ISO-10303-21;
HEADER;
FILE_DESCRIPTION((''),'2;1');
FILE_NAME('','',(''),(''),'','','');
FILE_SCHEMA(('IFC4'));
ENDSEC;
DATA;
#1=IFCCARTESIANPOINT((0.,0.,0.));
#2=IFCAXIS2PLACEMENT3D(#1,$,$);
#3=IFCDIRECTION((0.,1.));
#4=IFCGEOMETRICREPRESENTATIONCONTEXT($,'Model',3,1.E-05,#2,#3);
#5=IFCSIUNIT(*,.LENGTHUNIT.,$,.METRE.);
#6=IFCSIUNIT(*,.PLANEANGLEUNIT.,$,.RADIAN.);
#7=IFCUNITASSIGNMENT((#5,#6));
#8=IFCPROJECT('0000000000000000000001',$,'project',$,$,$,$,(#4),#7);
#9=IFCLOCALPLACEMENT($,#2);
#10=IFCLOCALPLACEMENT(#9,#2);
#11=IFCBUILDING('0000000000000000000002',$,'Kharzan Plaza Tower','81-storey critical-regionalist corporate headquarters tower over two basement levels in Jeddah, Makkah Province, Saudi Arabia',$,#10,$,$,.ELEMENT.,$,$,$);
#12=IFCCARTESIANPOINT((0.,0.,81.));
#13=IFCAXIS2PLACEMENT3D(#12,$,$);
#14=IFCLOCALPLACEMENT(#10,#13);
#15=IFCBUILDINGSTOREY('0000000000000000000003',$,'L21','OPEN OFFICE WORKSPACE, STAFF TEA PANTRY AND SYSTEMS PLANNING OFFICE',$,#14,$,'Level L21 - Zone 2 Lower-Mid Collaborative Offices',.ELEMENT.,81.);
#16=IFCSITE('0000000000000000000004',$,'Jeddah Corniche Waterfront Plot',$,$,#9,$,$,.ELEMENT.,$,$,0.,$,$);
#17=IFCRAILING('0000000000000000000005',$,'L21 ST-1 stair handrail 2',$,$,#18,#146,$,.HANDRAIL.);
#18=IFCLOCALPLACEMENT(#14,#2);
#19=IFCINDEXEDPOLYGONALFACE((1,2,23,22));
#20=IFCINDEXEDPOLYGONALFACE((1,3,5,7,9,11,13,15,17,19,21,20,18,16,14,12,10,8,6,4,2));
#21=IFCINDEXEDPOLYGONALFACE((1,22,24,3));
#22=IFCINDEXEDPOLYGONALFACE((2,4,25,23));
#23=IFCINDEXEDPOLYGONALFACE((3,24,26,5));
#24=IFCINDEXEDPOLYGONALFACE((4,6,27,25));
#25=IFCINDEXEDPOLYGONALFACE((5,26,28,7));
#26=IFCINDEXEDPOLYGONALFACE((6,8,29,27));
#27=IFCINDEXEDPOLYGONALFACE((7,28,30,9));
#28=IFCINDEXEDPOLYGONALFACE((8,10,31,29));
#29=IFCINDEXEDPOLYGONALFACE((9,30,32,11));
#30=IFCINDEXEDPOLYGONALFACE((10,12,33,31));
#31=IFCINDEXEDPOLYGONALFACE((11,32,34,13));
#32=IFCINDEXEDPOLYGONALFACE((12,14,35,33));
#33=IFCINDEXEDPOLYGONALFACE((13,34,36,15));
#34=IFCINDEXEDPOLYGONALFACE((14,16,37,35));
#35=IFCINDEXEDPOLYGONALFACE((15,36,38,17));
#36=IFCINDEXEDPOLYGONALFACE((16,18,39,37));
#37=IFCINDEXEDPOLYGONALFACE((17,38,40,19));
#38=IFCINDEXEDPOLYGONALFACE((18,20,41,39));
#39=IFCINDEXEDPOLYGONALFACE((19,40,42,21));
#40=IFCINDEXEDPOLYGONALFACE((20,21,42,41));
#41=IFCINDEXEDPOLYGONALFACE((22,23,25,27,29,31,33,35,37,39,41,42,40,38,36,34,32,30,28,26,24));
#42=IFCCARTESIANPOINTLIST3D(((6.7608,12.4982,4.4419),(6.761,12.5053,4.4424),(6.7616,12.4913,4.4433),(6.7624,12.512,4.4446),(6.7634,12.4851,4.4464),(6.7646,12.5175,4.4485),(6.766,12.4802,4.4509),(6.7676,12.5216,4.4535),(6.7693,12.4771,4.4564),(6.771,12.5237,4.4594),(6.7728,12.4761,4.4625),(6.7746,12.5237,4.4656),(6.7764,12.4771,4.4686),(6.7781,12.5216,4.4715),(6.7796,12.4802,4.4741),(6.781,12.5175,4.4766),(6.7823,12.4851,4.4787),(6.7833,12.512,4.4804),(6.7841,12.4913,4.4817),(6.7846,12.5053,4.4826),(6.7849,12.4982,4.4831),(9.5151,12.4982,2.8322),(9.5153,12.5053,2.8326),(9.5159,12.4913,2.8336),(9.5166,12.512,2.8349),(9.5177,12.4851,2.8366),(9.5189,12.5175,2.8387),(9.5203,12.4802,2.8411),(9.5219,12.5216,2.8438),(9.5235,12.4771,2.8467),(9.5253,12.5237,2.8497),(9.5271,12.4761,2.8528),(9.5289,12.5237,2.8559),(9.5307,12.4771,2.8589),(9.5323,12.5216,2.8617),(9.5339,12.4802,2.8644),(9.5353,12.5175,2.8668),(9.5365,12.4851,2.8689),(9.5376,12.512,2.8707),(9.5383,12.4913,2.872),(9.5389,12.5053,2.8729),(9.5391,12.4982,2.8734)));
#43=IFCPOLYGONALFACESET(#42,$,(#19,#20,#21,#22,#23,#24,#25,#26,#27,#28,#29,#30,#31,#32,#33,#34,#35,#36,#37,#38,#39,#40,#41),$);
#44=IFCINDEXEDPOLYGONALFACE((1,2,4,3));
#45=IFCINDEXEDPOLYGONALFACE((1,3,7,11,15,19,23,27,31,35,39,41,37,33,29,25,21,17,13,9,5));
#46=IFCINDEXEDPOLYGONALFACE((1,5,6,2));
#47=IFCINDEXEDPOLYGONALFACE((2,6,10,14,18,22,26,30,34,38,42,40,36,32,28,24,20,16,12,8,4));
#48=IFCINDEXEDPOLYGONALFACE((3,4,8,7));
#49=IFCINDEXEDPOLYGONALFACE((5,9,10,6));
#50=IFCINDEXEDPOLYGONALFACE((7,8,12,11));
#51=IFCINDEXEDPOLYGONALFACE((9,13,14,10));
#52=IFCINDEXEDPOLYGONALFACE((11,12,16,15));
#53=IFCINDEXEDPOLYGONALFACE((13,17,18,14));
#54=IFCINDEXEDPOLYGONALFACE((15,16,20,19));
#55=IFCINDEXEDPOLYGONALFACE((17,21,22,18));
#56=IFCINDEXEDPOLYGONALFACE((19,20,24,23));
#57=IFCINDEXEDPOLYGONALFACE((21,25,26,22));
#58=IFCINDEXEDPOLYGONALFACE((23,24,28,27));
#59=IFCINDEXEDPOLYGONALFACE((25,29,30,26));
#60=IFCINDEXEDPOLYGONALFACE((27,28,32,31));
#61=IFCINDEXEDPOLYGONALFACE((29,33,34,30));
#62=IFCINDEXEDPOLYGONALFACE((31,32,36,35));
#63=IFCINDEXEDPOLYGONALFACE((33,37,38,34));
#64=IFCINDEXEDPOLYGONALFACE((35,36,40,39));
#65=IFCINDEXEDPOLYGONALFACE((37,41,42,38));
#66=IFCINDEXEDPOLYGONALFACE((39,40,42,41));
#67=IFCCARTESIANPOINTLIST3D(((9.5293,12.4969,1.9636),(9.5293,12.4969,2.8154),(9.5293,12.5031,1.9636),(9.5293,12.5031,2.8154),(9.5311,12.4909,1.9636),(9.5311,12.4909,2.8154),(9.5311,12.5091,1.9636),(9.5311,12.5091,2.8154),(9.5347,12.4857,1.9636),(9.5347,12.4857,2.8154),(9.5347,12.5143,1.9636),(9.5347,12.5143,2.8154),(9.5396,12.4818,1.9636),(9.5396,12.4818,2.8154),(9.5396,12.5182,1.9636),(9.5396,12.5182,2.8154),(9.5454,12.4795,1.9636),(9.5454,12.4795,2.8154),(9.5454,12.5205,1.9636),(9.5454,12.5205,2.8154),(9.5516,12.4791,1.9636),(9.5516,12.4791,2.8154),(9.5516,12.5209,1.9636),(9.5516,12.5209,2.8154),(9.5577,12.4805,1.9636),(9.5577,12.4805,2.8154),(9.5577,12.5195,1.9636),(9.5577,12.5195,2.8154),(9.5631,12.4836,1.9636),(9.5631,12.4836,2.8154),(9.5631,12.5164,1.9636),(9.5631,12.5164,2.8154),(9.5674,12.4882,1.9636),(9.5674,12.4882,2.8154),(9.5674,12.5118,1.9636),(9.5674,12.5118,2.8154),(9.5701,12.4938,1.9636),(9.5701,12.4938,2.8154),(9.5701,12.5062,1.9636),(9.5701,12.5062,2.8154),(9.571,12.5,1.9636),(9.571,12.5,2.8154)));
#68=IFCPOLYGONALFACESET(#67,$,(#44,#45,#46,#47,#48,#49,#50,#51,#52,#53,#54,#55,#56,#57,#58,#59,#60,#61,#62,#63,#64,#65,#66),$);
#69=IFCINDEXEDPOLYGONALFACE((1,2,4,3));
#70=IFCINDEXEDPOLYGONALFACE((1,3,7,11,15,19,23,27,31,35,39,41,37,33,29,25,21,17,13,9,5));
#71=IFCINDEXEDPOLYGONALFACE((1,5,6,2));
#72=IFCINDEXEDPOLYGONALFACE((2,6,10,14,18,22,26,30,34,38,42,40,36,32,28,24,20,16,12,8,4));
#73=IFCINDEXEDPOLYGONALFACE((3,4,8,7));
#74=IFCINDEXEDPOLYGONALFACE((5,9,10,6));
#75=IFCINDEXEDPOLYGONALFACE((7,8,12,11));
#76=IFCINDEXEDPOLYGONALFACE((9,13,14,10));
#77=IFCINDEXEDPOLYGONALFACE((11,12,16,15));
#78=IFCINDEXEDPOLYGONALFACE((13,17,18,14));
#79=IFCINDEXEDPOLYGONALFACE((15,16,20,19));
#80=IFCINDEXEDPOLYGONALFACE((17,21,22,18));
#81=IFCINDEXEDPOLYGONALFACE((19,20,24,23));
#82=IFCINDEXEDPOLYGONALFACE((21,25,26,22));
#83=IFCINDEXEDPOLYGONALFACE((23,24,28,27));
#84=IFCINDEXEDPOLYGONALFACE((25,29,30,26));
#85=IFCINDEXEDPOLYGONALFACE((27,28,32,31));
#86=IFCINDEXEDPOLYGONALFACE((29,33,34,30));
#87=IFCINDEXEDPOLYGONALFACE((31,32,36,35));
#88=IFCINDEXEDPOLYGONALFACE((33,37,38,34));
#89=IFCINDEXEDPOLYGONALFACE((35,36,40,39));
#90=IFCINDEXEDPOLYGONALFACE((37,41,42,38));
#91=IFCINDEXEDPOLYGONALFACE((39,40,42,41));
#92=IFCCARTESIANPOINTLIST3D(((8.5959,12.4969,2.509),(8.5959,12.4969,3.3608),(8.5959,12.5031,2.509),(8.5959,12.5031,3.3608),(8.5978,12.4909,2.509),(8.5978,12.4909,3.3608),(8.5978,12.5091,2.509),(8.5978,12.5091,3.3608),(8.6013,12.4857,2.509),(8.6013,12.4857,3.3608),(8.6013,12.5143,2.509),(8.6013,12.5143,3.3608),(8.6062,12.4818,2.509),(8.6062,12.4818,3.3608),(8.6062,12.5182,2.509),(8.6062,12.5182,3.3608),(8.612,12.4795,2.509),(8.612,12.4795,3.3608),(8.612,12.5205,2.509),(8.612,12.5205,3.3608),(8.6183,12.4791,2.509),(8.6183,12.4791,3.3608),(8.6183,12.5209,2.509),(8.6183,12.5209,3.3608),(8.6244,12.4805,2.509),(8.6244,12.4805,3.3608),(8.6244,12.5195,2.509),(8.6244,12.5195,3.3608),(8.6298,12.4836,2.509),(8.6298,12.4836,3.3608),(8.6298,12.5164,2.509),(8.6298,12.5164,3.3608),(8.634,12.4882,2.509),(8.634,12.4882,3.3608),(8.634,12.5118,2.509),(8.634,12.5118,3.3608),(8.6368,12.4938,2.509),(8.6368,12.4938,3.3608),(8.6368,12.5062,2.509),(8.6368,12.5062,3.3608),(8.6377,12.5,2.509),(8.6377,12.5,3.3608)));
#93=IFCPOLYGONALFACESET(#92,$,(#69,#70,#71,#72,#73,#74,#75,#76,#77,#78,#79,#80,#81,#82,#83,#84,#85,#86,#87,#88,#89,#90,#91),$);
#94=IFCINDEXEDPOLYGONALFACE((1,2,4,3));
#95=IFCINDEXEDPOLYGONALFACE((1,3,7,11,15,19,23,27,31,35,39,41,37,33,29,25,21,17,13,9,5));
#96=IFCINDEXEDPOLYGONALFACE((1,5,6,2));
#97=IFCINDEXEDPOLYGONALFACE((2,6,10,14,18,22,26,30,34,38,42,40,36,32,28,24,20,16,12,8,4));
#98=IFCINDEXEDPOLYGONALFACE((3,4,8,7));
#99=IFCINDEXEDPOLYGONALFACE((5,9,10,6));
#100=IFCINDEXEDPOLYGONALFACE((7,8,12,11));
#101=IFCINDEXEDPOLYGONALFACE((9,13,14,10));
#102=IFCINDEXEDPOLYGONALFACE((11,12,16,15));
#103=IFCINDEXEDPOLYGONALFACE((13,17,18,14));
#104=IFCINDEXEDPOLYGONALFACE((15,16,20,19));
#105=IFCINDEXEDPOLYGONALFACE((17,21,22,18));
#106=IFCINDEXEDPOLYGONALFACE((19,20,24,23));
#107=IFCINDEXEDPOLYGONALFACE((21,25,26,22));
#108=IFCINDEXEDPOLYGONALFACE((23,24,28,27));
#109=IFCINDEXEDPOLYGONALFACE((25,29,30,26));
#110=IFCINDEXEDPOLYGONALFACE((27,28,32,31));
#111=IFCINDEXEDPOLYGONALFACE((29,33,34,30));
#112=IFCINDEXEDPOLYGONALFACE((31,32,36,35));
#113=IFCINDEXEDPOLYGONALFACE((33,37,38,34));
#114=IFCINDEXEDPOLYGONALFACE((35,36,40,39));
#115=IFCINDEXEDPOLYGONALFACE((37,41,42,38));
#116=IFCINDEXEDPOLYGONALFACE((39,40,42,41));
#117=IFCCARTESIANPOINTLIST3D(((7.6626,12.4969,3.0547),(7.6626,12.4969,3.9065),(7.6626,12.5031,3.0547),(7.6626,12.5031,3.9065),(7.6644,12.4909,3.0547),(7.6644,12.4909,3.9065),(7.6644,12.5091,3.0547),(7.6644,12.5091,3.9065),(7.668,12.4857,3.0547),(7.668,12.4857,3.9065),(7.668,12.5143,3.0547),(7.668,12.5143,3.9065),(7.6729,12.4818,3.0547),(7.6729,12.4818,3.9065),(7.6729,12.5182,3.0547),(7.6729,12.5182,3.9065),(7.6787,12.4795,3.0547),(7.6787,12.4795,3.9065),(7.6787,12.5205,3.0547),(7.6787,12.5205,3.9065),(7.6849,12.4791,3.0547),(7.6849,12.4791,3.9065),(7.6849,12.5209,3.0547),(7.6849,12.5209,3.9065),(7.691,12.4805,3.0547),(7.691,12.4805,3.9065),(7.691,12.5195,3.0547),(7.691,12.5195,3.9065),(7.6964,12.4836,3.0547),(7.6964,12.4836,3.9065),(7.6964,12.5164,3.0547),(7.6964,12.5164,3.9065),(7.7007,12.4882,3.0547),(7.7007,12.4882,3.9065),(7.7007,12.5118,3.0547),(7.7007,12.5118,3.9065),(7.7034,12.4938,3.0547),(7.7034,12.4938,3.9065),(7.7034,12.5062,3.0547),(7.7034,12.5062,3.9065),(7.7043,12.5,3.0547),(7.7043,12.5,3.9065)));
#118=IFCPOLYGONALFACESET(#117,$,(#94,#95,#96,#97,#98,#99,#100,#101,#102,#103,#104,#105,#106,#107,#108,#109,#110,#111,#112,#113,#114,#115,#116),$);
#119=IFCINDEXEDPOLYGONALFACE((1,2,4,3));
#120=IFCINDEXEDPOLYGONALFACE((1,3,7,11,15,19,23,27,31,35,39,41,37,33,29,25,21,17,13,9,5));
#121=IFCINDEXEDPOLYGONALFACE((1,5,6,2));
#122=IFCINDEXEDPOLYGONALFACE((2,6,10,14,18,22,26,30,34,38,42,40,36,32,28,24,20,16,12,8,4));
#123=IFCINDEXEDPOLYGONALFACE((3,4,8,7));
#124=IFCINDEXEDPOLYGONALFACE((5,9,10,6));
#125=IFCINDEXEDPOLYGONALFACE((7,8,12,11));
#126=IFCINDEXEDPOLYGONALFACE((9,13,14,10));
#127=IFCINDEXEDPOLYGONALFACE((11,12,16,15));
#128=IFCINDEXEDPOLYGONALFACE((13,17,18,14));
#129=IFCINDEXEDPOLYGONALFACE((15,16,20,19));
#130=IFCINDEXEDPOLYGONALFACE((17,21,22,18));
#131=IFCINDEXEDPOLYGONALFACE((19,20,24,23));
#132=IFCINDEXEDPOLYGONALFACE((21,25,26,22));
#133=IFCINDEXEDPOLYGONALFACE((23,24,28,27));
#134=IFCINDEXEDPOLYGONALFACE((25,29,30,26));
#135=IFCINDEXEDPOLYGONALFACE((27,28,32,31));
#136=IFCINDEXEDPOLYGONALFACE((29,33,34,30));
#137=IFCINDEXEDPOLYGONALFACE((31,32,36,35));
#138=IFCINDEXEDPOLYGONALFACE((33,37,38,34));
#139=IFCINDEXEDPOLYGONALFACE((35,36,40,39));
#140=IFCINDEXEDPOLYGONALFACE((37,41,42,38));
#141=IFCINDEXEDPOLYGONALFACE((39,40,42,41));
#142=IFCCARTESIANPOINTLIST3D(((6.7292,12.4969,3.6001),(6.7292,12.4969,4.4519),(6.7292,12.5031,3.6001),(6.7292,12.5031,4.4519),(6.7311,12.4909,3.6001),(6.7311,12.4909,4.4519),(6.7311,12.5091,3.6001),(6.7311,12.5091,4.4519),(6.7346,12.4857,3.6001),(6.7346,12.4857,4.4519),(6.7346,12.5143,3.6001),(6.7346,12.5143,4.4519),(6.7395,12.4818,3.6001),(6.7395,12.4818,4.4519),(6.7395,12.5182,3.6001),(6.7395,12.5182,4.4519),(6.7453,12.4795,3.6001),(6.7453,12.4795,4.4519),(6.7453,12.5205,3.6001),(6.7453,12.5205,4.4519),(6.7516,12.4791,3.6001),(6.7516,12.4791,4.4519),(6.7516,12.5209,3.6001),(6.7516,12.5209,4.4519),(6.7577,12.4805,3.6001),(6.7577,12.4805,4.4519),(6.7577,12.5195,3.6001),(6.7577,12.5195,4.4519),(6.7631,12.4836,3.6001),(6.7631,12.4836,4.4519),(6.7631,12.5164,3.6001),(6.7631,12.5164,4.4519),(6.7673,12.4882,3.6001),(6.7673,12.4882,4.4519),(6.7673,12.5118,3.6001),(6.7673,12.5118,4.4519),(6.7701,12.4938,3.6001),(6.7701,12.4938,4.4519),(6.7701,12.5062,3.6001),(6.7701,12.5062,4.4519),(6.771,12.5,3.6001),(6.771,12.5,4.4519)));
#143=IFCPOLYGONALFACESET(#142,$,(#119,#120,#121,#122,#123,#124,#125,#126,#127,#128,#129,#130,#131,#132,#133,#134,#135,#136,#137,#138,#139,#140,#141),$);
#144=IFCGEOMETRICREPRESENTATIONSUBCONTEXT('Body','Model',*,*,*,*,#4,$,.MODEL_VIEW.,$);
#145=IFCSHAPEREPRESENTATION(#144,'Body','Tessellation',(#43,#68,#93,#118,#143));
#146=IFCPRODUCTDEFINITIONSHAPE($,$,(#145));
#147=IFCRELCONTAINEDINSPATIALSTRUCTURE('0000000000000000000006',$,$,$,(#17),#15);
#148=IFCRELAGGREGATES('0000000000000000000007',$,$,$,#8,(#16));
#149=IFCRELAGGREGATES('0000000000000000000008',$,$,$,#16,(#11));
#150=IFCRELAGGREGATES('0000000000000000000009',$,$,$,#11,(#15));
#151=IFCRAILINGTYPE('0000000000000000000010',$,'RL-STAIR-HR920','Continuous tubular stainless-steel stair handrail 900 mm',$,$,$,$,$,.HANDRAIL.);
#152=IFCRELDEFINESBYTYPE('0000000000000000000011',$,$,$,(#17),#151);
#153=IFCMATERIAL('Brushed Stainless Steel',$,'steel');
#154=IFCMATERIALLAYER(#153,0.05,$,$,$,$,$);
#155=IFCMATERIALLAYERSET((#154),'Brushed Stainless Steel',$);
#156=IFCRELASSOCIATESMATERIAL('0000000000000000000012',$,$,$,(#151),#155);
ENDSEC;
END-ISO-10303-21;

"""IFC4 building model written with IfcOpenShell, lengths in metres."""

from ifc_helpers import new_model, si_unit, direction, frame, origin, origin_2d, place, context, subcontext, project, spatial, circle, extrude, source, transform, mapped, material, layer, layer_set, type_object, element, save


model = new_model("IFC4")

# Units and contexts
model_context = context("Model", 3, precision=1e-05, world=origin(), true_north=direction((0.0, 1.0)))
body_context = subcontext(model_context, "Body", "Model", "MODEL_VIEW")
ifc_project = project(units=[si_unit("LENGTHUNIT", "METRE"), si_unit("PLANEANGLEUNIT", "RADIAN")], contexts=[model_context])

# Site, building, storey
site_placement = place(None, origin())
site = spatial("IfcSite", under=ifc_project, at=site_placement, Name="Jeddah Corniche Waterfront Plot", CompositionType="ELEMENT", RefElevation=0.0)
building_placement = place(site_placement, origin())
building = spatial("IfcBuilding", under=site, at=building_placement, Name="Kharzan Plaza Tower", Description="81-storey critical-regionalist corporate headquarters tower over two basement levels in Jeddah, Makkah Province, Saudi Arabia", CompositionType="ELEMENT")
storey_placement = place(building_placement, frame((0.0, 0.0, 81.0)))
storey = spatial("IfcBuildingStorey", under=building, at=storey_placement, Name="L21", Description="OPEN OFFICE WORKSPACE, STAFF TEA PANTRY AND SYSTEMS PLANNING OFFICE", LongName="Level L21 - Zone 2 Lower-Mid Collaborative Offices", CompositionType="ELEMENT", Elevation=81.0)

# Shared definitions
ifc_material_1 = material(Name="Brushed Stainless Steel", Category="steel")

# Railing
ifc_layer_1 = layer(ifc_material_1, 0.05)
ifc_layer_set_1 = layer_set([ifc_layer_1], Name="Brushed Stainless Steel")
railing_type_1 = type_object("IfcRailingType", Name="RL-STAIR-HR920", Description="Continuous tubular stainless-steel stair handrail 900 mm", PredefinedType="HANDRAIL", material=ifc_layer_set_1)
shared_shape_1 = source(origin(), body_context, "Body", "SweptSolid", [
    extrude(circle(Radius=0.0239, at=origin_2d()), frame((-0.0229, 0.0, 0.8892), z_axis=(-0.863361, 0.0, 0.504587), x_axis=(0.0, -1.0, 0.0)), (0.0, 0.0, 1.0), 3.1902),
    extrude(circle(Radius=0.021, at=origin_2d()), origin(), (0.0, 0.0, 1.0), 0.8518),
    extrude(circle(Radius=0.021, at=origin_2d()), frame((-0.9333, 0.0, 0.5454)), (0.0, 0.0, 1.0), 0.8518),
    extrude(circle(Radius=0.021, at=origin_2d()), frame((-1.8667, 0.0, 1.0911)), (0.0, 0.0, 1.0), 0.8518),
    extrude(circle(Radius=0.021, at=origin_2d()), frame((-2.8, 0.0, 1.6365)), (0.0, 0.0, 1.0), 0.8518),
])
railing_1_placement = place(storey_placement, frame((9.55, 12.5, 1.9636)))
element("IfcRailing", 1, at=railing_1_placement, inside=storey, type_object=railing_type_1, Name="L21 ST-1 stair handrail 2", PredefinedType="HANDRAIL", context=body_context, shape_type="MappedRepresentation", body=[
    mapped(shared_shape_1, transform((0.0, 0.0, 0.0), x_axis=(1.0, 0.0, 0.0), y_axis=(0.0, 1.0, 0.0), z_axis=(0.0, 0.0, 1.0))),
])

save(model, "model.ifc")
